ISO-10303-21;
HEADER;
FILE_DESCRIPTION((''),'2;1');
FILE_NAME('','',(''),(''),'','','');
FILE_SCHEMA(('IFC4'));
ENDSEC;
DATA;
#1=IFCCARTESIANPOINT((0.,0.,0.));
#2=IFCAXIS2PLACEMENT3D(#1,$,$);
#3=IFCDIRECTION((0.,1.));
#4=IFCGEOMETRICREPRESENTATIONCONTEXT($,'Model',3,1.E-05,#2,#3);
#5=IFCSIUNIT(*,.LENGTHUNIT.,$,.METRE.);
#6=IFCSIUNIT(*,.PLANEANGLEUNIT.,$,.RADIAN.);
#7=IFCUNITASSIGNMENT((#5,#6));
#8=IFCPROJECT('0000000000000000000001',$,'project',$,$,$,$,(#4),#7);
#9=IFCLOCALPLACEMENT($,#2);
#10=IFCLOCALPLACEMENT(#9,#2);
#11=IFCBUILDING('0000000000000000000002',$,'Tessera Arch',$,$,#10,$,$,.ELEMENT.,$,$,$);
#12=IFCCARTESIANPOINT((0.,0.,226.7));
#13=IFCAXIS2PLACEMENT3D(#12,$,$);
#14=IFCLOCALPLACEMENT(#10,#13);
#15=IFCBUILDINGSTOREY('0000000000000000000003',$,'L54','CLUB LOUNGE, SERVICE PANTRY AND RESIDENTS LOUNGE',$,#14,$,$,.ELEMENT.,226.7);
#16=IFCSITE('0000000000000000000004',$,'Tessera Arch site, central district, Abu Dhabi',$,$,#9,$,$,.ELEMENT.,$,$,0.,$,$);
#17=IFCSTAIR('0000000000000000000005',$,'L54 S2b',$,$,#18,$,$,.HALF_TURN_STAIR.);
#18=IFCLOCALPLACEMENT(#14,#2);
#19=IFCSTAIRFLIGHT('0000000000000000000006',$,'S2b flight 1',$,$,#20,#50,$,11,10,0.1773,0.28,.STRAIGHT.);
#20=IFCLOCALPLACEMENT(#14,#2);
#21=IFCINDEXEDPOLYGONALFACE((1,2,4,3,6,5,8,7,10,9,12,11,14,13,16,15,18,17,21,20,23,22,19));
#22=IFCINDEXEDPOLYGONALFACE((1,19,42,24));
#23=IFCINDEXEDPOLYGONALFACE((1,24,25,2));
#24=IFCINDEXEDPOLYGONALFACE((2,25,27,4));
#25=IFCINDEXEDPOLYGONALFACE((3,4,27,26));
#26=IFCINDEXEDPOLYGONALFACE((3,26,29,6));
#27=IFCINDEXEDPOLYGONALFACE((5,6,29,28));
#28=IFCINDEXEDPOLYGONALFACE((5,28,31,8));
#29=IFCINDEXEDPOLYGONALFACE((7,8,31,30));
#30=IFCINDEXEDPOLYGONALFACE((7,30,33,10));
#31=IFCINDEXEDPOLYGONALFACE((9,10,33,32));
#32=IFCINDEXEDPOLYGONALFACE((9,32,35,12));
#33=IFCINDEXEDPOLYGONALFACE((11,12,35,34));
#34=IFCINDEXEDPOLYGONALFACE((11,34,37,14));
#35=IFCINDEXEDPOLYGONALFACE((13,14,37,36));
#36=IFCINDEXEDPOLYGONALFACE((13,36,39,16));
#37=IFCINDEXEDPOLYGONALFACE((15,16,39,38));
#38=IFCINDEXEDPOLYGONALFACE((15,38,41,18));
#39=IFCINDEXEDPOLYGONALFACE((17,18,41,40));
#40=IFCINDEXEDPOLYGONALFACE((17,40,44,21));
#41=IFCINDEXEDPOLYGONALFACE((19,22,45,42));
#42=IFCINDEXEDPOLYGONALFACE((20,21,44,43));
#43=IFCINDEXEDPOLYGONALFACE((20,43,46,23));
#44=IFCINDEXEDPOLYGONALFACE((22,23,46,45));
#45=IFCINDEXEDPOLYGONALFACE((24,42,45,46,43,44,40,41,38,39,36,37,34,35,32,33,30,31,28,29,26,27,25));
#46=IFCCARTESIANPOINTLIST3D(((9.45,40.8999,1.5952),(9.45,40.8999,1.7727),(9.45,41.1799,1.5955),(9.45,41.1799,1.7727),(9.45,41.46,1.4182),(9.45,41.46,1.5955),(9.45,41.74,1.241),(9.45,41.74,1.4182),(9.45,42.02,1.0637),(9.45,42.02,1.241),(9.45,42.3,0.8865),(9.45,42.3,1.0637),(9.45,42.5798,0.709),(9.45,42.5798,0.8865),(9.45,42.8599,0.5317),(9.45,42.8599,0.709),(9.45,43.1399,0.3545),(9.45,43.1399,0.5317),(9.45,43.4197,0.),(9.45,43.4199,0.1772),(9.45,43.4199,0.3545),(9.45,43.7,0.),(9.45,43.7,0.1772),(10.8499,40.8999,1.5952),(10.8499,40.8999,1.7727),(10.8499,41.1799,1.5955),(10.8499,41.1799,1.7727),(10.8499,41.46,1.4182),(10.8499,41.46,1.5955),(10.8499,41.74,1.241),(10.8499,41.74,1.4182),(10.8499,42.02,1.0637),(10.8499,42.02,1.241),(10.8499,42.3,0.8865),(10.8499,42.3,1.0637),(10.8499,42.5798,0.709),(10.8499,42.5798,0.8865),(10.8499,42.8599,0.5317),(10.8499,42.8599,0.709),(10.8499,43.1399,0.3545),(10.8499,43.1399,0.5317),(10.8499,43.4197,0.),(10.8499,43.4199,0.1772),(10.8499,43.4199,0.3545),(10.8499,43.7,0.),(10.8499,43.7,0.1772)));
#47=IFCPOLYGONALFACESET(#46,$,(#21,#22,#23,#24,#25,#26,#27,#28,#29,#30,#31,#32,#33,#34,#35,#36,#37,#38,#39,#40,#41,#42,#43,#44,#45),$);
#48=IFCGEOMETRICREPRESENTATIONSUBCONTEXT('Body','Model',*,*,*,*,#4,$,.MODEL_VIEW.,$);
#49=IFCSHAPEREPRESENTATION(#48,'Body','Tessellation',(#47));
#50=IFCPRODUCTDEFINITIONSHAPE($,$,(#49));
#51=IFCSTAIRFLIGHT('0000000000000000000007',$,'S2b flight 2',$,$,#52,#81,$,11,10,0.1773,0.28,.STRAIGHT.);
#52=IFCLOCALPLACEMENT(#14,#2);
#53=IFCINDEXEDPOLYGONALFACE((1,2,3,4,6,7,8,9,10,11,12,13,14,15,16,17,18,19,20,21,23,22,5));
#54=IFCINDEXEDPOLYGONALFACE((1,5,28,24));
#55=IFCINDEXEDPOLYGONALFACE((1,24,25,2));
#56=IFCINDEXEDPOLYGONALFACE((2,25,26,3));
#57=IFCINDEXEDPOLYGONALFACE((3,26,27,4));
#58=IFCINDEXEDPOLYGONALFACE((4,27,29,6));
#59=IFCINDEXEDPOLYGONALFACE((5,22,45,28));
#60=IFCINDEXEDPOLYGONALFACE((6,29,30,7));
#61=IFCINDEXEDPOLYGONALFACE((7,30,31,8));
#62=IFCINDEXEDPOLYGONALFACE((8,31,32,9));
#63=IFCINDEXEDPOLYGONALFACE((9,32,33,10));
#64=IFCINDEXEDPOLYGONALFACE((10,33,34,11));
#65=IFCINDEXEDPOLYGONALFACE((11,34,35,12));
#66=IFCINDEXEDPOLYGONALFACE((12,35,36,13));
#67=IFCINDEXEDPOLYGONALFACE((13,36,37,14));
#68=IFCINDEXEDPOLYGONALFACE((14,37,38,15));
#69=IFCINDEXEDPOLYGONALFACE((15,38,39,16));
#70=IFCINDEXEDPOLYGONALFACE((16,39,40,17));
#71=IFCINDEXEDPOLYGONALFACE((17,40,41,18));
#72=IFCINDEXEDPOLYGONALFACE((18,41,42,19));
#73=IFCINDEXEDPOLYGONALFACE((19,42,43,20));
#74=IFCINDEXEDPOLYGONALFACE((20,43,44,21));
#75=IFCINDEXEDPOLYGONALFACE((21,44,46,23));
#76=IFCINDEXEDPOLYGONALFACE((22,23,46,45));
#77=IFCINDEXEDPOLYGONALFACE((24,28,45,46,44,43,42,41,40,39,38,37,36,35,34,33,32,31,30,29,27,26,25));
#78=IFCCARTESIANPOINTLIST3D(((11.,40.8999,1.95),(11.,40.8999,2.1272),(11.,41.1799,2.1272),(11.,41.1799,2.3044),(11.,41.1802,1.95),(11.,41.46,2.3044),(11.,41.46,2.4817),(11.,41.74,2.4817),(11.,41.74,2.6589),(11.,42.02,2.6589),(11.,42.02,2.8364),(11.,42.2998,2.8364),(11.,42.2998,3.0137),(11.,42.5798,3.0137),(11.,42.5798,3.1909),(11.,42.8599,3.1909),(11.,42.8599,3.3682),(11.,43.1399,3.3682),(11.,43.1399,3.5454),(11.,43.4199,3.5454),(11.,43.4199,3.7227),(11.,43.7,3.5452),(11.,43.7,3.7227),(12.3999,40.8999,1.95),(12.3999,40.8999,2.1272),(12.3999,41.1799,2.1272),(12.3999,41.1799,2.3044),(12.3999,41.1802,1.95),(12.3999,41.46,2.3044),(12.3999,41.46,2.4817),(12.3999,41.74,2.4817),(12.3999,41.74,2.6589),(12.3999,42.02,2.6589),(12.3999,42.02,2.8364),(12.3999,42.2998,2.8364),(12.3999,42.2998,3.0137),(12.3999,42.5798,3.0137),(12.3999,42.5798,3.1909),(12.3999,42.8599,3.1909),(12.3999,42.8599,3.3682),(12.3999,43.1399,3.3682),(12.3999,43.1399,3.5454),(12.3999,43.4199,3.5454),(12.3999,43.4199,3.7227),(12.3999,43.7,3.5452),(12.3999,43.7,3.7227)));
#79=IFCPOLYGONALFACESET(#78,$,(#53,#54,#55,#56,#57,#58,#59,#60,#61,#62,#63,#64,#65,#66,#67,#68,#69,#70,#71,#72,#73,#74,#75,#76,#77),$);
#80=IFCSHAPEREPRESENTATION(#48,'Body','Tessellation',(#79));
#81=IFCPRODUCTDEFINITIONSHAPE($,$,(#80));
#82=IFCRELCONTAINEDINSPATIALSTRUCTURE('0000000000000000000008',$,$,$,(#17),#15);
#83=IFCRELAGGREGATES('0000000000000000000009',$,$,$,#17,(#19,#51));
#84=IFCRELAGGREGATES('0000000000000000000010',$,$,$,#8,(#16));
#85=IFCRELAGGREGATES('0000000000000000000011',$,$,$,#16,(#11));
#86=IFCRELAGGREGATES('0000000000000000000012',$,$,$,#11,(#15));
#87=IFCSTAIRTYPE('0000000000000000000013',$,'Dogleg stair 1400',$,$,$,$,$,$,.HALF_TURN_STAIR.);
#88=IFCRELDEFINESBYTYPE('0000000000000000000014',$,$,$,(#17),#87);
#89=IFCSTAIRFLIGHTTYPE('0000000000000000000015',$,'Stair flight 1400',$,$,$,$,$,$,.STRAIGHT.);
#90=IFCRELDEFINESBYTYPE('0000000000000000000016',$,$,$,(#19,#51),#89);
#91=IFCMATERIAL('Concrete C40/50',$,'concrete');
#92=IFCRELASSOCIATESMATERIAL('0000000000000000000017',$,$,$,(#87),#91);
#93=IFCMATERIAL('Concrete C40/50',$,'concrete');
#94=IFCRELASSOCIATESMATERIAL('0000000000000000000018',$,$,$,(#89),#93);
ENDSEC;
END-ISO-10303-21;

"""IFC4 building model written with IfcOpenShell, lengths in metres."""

from ifc_helpers import new_model, si_unit, direction, frame, origin, place, context, subcontext, project, spatial, polyline, outline, extrude, material, type_object, element, aggregate, save


model = new_model("IFC4")

# Units and contexts
model_context = context("Model", 3, precision=1e-05, world=origin(), true_north=direction((0.0, 1.0)))
body_context = subcontext(model_context, "Body", "Model", "MODEL_VIEW")
ifc_project = project(units=[si_unit("LENGTHUNIT", "METRE"), si_unit("PLANEANGLEUNIT", "RADIAN")], contexts=[model_context])

# Site, building, storey
site_placement = place(None, origin())
site = spatial("IfcSite", under=ifc_project, at=site_placement, Name="Tessera Arch site, central district, Abu Dhabi", CompositionType="ELEMENT", RefElevation=0.0)
building_placement = place(site_placement, origin())
building = spatial("IfcBuilding", under=site, at=building_placement, Name="Tessera Arch", CompositionType="ELEMENT")
storey_placement = place(building_placement, frame((0.0, 0.0, 226.7)))
storey = spatial("IfcBuildingStorey", under=building, at=storey_placement, Name="L54", Description="CLUB LOUNGE, SERVICE PANTRY AND RESIDENTS LOUNGE", CompositionType="ELEMENT", Elevation=226.7)

# Shared definitions
ifc_material_1 = material(Name="Concrete C40/50", Category="concrete")
stair_type = type_object("IfcStairType", Name="Dogleg stair 1400", PredefinedType="HALF_TURN_STAIR", material=ifc_material_1)
ifc_material_2 = material(Name="Concrete C40/50", Category="concrete")
stair_flight_type = type_object("IfcStairFlightType", Name="Stair flight 1400", PredefinedType="STRAIGHT", material=ifc_material_2)

# Stair, stair flights
stair_1_placement = place(storey_placement, origin())
stair_1 = element("IfcStair", 1, at=stair_1_placement, inside=storey, type_object=stair_type, Name="L54 S2b", PredefinedType="HALF_TURN_STAIR")
stair_flight_1_placement = place(storey_placement, frame((10.1499, 43.7, 0.0), z_axis=(0.0, 0.0, 1.0), x_axis=(0.0, -1.0, 0.0)))
stair_flight_1 = element("IfcStairFlight", 2, at=stair_flight_1_placement, type_object=stair_flight_type, Name="S2b flight 1", NumberOfRisers=11, NumberOfTreads=10, PredefinedType="STRAIGHT", RiserHeight=0.1773, TreadLength=0.28, context=body_context, shape_type="SweptSolid", body=[
    extrude(outline(polyline([(0.0, 0.0), (0.0, 0.1772), (0.28, 0.1772), (0.28, 0.3545), (0.5601, 0.3545), (0.5601, 0.5317), (0.8401, 0.5317), (0.8401, 0.709), (1.1201, 0.709), (1.1201, 0.8865), (1.3999, 0.8865), (1.3999, 1.0637), (1.6799, 1.0637), (1.6799, 1.241), (1.96, 1.241), (1.96, 1.4182), (2.24, 1.4182), (2.24, 1.5955), (2.52, 1.5955), (2.52, 1.7727), (2.8, 1.7727), (2.8, 1.95), (2.8, 1.5952), (0.2803, 0.0), (0.0, 0.0)])), frame((0.0, 0.7, 0.0), z_axis=(0.0, -1.0, 0.0), x_axis=(1.0, 0.0, 0.0)), (0.0, 0.0, 1.0), 1.3999),
])
stair_flight_2_placement = place(storey_placement, frame((11.7, 40.8999, 1.95), z_axis=(0.0, 0.0, 1.0), x_axis=(0.0, 1.0, 0.0)))
stair_flight_2 = element("IfcStairFlight", 3, at=stair_flight_2_placement, type_object=stair_flight_type, Name="S2b flight 2", NumberOfRisers=11, NumberOfTreads=10, PredefinedType="STRAIGHT", RiserHeight=0.1773, TreadLength=0.28, context=body_context, shape_type="SweptSolid", body=[
    extrude(outline(polyline([(0.0, 0.0), (0.0, 0.1772), (0.28, 0.1772), (0.28, 0.3545), (0.5601, 0.3545), (0.5601, 0.5317), (0.8401, 0.5317), (0.8401, 0.709), (1.1201, 0.709), (1.1201, 0.8865), (1.3999, 0.8865), (1.3999, 1.0637), (1.6799, 1.0637), (1.6799, 1.241), (1.96, 1.241), (1.96, 1.4182), (2.24, 1.4182), (2.24, 1.5955), (2.52, 1.5955), (2.52, 1.7727), (2.8, 1.7727), (2.8, 1.95), (2.8, 1.5952), (0.2803, 0.0), (0.0, 0.0)])), frame((0.0, 0.7, 0.0), z_axis=(0.0, -1.0, 0.0), x_axis=(1.0, 0.0, 0.0)), (0.0, 0.0, 1.0), 1.3999),
])
aggregate(stair_1, [stair_flight_1, stair_flight_2])

save(model, "model.ifc")
